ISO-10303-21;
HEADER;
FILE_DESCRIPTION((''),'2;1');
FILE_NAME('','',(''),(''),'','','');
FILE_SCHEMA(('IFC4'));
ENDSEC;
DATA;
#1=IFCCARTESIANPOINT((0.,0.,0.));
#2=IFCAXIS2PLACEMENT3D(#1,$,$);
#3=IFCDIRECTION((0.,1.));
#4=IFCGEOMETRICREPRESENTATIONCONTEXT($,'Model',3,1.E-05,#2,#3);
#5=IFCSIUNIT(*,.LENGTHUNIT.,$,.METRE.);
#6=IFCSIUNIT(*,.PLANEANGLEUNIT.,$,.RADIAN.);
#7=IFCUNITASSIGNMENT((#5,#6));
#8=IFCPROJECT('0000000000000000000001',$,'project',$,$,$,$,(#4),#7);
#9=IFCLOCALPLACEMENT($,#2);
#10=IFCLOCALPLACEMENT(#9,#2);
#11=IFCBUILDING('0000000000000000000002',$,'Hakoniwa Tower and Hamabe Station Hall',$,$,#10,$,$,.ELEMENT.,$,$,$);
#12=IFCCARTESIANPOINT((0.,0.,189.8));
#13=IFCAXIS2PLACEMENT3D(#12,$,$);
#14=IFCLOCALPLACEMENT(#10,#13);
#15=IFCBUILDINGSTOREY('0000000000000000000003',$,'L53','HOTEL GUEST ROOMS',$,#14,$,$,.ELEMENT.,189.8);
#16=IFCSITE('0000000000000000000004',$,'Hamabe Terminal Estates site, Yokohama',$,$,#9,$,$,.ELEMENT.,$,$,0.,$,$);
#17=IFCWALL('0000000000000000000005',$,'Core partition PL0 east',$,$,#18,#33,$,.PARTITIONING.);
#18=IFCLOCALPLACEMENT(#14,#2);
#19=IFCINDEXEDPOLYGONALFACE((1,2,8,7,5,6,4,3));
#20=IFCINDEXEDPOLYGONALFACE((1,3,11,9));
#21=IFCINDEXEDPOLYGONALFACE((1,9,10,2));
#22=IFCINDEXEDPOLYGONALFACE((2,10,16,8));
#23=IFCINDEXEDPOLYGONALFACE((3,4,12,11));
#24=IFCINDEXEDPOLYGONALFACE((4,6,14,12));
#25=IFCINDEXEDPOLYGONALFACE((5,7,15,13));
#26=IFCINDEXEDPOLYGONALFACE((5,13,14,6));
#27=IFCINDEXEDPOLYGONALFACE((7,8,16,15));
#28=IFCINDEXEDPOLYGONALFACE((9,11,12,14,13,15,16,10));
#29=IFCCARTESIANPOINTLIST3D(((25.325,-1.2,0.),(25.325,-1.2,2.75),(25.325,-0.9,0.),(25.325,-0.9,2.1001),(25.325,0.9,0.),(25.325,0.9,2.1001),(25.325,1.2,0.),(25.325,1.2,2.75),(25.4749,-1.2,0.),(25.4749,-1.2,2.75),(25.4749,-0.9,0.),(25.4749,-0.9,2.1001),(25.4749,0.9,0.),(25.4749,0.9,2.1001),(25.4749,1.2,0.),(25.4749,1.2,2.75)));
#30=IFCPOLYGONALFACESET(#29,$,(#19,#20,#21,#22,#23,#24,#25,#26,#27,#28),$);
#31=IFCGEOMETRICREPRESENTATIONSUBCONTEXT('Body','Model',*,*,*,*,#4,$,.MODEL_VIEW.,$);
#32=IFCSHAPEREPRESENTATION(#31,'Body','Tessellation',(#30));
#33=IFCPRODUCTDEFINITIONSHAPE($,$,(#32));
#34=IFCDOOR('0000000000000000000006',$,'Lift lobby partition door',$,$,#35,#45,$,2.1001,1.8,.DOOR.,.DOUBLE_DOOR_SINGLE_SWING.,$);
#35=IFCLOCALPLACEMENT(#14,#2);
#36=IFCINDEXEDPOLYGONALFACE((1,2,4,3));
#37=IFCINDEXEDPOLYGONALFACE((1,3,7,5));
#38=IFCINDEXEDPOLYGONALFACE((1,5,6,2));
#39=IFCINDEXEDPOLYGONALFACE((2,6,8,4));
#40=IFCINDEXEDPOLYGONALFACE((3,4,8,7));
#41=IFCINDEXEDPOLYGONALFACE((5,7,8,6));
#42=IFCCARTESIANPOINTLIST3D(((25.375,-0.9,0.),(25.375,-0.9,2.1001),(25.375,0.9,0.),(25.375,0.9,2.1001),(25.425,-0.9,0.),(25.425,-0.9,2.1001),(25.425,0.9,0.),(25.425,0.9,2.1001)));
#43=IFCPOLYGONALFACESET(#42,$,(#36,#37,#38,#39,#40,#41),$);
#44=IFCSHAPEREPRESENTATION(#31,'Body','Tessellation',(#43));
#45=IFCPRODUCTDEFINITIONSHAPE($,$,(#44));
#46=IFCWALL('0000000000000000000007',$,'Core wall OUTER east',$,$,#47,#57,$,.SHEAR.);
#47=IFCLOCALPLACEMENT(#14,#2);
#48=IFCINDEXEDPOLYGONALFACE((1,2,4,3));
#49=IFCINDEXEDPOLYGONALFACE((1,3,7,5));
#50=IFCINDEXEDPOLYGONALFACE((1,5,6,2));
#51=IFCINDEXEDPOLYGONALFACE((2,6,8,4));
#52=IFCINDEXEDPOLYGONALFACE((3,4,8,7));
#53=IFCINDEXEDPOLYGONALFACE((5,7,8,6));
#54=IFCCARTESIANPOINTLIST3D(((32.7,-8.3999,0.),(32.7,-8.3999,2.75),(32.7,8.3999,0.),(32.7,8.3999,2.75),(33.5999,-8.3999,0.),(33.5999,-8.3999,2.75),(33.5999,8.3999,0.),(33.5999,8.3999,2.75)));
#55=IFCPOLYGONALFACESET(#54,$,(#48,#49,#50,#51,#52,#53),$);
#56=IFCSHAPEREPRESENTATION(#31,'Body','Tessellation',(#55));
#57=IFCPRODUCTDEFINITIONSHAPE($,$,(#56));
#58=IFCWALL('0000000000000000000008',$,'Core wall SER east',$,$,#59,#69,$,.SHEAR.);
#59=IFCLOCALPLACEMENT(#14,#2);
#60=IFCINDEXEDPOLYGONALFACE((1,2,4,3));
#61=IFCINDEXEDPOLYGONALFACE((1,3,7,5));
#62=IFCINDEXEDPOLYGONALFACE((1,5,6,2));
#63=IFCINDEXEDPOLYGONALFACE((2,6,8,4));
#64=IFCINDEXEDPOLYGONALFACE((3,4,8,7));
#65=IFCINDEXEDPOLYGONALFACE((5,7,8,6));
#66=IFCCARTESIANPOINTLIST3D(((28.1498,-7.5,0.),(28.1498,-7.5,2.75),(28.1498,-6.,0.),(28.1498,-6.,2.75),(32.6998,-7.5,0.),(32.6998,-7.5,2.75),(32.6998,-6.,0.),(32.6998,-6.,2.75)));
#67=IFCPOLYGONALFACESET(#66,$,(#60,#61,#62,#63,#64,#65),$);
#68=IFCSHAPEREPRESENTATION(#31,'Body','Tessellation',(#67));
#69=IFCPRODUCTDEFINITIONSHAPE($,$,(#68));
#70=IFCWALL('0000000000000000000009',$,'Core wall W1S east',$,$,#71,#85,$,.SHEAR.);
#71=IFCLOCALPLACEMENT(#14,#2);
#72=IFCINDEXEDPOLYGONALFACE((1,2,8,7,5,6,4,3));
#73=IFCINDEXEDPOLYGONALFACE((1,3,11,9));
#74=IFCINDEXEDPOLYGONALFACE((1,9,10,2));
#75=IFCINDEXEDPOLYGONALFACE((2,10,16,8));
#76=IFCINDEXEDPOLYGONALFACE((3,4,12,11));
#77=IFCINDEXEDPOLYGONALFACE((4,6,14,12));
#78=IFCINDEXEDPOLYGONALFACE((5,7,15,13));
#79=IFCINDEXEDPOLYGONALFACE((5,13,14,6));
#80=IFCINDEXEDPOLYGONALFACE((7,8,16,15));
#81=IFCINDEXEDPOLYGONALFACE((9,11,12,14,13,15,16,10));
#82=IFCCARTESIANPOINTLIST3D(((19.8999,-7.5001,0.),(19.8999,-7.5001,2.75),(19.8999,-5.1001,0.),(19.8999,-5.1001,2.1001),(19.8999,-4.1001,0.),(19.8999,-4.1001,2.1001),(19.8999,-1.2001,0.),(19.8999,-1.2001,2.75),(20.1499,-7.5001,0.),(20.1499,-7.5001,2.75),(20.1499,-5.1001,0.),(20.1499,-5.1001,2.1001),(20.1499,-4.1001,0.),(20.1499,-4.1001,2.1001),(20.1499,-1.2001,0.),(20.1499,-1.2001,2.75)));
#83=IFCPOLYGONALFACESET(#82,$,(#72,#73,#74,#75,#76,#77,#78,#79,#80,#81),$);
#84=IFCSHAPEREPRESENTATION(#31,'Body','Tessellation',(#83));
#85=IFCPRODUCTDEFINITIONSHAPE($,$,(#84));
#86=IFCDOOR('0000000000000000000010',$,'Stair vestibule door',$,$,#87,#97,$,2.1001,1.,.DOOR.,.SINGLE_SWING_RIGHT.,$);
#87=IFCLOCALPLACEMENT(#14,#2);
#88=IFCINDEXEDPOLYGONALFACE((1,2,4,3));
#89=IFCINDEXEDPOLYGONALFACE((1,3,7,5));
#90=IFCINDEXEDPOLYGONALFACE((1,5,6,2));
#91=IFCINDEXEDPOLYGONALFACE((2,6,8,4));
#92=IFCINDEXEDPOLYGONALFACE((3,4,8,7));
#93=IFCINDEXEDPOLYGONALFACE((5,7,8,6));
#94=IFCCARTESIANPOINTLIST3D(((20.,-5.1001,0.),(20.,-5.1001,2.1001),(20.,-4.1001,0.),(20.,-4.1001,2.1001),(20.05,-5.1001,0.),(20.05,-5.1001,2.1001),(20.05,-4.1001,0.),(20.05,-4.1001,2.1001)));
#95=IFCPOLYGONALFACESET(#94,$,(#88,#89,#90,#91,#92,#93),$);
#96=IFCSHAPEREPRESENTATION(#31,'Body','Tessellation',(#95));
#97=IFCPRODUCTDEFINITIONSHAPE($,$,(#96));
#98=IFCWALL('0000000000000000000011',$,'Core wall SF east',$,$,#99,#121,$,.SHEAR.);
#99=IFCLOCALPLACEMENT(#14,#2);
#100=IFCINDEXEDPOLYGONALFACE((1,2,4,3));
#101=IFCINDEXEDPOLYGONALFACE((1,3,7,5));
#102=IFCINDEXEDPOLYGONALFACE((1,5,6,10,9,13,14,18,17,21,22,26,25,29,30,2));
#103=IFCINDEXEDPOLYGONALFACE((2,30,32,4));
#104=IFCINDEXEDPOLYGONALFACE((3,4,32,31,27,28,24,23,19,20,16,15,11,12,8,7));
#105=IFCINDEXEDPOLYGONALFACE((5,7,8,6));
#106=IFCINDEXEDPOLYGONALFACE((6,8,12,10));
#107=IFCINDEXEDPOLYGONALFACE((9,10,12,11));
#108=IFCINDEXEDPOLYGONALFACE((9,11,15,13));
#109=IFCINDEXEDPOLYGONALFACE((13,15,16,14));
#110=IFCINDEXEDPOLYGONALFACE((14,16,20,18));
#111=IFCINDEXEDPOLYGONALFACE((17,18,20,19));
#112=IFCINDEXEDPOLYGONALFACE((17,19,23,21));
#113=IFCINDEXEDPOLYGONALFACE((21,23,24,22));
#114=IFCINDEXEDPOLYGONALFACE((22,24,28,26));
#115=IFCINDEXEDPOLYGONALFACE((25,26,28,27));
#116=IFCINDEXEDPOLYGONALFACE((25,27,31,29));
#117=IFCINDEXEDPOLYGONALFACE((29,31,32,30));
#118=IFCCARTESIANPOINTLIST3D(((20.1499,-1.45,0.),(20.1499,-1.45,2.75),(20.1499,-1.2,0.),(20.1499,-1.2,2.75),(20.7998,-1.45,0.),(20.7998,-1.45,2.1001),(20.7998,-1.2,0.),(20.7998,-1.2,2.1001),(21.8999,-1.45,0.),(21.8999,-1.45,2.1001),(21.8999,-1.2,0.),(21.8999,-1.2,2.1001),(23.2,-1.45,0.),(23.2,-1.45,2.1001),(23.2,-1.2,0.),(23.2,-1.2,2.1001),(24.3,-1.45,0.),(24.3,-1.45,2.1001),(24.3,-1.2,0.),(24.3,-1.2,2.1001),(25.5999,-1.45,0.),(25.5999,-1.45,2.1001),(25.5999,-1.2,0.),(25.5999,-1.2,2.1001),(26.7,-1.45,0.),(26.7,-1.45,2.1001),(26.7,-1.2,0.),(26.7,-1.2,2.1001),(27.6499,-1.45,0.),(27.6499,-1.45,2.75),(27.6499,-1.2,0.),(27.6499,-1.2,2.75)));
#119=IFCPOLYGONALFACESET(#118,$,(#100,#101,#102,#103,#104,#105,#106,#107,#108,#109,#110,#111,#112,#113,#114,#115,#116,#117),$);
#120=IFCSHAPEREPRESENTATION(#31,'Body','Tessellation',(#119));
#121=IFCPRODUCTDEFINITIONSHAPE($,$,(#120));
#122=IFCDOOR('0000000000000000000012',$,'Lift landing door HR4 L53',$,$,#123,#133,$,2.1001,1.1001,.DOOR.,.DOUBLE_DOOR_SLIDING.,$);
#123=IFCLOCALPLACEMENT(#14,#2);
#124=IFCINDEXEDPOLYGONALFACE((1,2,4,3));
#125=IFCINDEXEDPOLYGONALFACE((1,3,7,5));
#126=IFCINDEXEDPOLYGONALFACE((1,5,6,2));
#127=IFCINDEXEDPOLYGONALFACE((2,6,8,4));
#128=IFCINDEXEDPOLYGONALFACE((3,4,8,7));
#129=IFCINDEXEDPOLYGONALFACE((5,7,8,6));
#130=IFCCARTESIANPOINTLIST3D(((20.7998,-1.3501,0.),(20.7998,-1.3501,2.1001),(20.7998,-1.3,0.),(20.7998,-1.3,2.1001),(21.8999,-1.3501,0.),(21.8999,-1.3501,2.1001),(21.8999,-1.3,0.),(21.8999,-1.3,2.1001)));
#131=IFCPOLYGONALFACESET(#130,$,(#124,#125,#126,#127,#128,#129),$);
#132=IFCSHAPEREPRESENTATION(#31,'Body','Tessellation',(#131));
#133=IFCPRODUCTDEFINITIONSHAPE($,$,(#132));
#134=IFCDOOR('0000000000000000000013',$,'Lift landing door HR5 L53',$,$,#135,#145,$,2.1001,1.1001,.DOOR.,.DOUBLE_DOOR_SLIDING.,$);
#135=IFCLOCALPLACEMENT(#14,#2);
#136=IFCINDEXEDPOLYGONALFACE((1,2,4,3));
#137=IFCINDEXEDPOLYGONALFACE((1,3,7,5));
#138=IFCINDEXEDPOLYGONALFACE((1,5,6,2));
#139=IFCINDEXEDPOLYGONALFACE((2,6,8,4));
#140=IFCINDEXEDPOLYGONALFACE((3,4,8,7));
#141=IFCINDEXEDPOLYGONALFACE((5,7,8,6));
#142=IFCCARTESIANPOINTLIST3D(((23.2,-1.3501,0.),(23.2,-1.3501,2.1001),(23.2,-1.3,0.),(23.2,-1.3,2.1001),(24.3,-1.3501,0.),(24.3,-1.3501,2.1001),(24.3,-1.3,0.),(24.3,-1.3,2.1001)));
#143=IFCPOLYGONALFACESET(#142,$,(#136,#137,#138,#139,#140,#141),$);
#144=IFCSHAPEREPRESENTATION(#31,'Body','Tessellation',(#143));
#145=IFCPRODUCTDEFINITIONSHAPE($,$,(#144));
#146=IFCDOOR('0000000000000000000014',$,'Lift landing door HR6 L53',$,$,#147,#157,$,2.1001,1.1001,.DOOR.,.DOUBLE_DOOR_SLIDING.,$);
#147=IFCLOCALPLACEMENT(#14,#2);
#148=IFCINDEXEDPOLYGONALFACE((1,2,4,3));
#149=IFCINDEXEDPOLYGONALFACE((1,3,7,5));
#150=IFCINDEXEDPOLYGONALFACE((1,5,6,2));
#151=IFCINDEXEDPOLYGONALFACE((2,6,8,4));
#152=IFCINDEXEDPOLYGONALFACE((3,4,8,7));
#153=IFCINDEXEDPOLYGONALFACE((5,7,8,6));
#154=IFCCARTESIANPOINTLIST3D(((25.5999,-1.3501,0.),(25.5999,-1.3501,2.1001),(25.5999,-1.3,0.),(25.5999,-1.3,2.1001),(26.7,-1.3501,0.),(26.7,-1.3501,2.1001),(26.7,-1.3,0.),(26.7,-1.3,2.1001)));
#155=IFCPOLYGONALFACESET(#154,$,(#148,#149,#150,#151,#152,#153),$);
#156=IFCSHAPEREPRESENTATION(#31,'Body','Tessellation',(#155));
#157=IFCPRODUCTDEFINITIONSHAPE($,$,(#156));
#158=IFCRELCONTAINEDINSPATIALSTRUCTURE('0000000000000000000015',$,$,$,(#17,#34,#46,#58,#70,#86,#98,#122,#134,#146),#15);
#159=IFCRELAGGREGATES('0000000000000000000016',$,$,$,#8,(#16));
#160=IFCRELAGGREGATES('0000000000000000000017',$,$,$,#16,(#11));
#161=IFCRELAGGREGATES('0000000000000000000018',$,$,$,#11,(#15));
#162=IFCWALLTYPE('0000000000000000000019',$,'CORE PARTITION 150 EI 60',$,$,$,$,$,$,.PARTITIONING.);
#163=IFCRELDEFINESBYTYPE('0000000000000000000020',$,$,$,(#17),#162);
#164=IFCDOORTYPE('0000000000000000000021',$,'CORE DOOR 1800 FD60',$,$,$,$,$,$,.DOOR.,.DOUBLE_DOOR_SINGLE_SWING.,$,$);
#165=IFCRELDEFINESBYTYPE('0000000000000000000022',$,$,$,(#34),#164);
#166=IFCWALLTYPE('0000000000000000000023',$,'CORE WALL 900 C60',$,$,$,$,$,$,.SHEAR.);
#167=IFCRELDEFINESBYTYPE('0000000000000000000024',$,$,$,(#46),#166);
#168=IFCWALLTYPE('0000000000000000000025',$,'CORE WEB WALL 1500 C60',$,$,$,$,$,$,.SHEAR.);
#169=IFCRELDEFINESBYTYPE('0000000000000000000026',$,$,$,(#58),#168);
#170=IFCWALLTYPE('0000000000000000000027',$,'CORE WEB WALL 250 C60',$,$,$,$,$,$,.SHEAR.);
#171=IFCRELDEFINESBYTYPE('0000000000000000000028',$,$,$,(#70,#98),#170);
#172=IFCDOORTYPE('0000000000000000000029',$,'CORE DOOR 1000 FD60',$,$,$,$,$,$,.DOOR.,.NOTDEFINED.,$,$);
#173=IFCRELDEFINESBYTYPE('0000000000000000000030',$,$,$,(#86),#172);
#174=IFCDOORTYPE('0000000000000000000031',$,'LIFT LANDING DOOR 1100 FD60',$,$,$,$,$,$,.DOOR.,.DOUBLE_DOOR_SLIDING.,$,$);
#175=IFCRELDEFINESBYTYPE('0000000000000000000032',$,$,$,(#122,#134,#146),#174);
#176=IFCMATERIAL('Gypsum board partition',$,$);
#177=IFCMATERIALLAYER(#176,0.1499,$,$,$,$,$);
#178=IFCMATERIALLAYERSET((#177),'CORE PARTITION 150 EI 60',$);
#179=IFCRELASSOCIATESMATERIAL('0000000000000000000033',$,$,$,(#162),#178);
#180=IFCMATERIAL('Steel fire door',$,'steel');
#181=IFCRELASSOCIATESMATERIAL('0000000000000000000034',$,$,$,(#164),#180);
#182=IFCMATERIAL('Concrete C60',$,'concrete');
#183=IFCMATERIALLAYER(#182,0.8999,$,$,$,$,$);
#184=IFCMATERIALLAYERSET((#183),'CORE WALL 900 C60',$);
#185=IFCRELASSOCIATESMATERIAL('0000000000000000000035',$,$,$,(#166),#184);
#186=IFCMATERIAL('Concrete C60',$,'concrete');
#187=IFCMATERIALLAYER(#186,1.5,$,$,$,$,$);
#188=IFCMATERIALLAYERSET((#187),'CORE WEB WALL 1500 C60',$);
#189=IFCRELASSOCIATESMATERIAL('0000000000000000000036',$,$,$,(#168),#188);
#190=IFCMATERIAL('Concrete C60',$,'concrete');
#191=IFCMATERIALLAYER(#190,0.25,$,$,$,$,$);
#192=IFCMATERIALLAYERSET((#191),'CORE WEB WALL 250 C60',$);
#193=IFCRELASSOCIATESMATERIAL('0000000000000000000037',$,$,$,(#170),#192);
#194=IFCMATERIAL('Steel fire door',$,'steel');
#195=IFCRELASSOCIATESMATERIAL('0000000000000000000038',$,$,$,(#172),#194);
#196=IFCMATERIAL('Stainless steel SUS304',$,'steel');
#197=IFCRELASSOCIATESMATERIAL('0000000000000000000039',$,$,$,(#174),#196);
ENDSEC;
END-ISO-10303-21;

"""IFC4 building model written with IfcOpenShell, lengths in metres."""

from ifc_helpers import new_model, si_unit, direction, frame, frame_2d, origin, place, context, subcontext, project, spatial, rectangle, extrude, material, layer, layer_set, type_object, element, fill, save


model = new_model("IFC4")

# Units and contexts
model_context = context("Model", 3, precision=1e-05, world=origin(), true_north=direction((0.0, 1.0)))
body_context = subcontext(model_context, "Body", "Model", "MODEL_VIEW")
ifc_project = project(units=[si_unit("LENGTHUNIT", "METRE"), si_unit("PLANEANGLEUNIT", "RADIAN")], contexts=[model_context])

# Site, building, storey
site_placement = place(None, origin())
site = spatial("IfcSite", under=ifc_project, at=site_placement, Name="Hamabe Terminal Estates site, Yokohama", CompositionType="ELEMENT", RefElevation=0.0)
building_placement = place(site_placement, origin())
building = spatial("IfcBuilding", under=site, at=building_placement, Name="Hakoniwa Tower and Hamabe Station Hall", CompositionType="ELEMENT")
storey_placement = place(building_placement, frame((0.0, 0.0, 189.8)))
storey = spatial("IfcBuildingStorey", under=building, at=storey_placement, Name="L53", Description="HOTEL GUEST ROOMS", CompositionType="ELEMENT", Elevation=189.8)

# Wall, opening, door
ifc_material_1 = material(Name="Gypsum board partition")
ifc_layer_1 = layer(ifc_material_1, 0.1499)
ifc_layer_set_1 = layer_set([ifc_layer_1], Name="CORE PARTITION 150 EI 60")
wall_type_1 = type_object("IfcWallType", Name="CORE PARTITION 150 EI 60", PredefinedType="PARTITIONING", material=ifc_layer_set_1)
wall_1_placement = place(storey_placement, frame((25.3999, -1.2, 0.0), z_axis=(0.0, 0.0, 1.0), x_axis=(0.0, 1.0, 0.0)))
wall_1 = element("IfcWall", 1, at=wall_1_placement, inside=storey, type_object=wall_type_1, Name="Core partition PL0 east", PredefinedType="PARTITIONING", context=body_context, shape_type="SweptSolid", body=[
    extrude(rectangle(XDim=2.3999, YDim=0.1499, at=frame_2d((1.2, 0.0))), origin(), (0.0, 0.0, 1.0), 2.75),
])
opening_1_placement = place(wall_1_placement, frame((0.3, 0.0, 0.0)))
opening_1 = element("IfcOpeningElement", 2, at=opening_1_placement, cuts=wall_1, PredefinedType="OPENING", context=body_context, shape_type="SweptSolid", body=[
    extrude(rectangle(XDim=1.8, YDim=2.1001, at=frame_2d((0.8999, 1.05))), frame((0.0, 0.085, 0.0), z_axis=(0.0, -1.0, 0.0), x_axis=(1.0, 0.0, 0.0)), (0.0, 0.0, 1.0), 0.1699),
])
ifc_material_2 = material(Name="Steel fire door", Category="steel")
door_type_1 = type_object("IfcDoorType", Name="CORE DOOR 1800 FD60", OperationType="DOUBLE_DOOR_SINGLE_SWING", PredefinedType="DOOR", material=ifc_material_2)
door_1_placement = place(opening_1_placement, origin())
door_1 = element("IfcDoor", 3, at=door_1_placement, inside=storey, type_object=door_type_1, Name="Lift lobby partition door", OperationType="DOUBLE_DOOR_SINGLE_SWING", OverallHeight=2.1001, OverallWidth=1.8, PredefinedType="DOOR", context=body_context, shape_type="SweptSolid", body=[
    extrude(rectangle(XDim=1.8, YDim=2.1001, at=frame_2d((0.8999, 1.05))), frame((0.0, 0.0249, 0.0), z_axis=(0.0, -1.0, 0.0), x_axis=(1.0, 0.0, 0.0)), (0.0, 0.0, 1.0), 0.05),
])
fill(opening_1, door_1)

# Walls
ifc_material_3 = material(Name="Concrete C60", Category="concrete")
ifc_layer_2 = layer(ifc_material_3, 0.8999)
ifc_layer_set_2 = layer_set([ifc_layer_2], Name="CORE WALL 900 C60")
wall_type_2 = type_object("IfcWallType", Name="CORE WALL 900 C60", PredefinedType="SHEAR", material=ifc_layer_set_2)
wall_2_placement = place(storey_placement, frame((33.1499, -8.3999, 0.0), z_axis=(0.0, 0.0, 1.0), x_axis=(0.0, 1.0, 0.0)))
element("IfcWall", 4, at=wall_2_placement, inside=storey, type_object=wall_type_2, Name="Core wall OUTER east", PredefinedType="SHEAR", context=body_context, shape_type="SweptSolid", body=[
    extrude(rectangle(XDim=16.7998, YDim=0.8999, at=frame_2d((8.3999, 0.0))), origin(), (0.0, 0.0, 1.0), 2.75),
])
ifc_material_4 = material(Name="Concrete C60", Category="concrete")
ifc_layer_3 = layer(ifc_material_4, 1.5)
ifc_layer_set_3 = layer_set([ifc_layer_3], Name="CORE WEB WALL 1500 C60")
wall_type_3 = type_object("IfcWallType", Name="CORE WEB WALL 1500 C60", PredefinedType="SHEAR", material=ifc_layer_set_3)
wall_3_placement = place(storey_placement, frame((28.1499, -6.75, 0.0), z_axis=(0.0, 0.0, 1.0), x_axis=(1.0, 0.0, 0.0)))
element("IfcWall", 5, at=wall_3_placement, inside=storey, type_object=wall_type_3, Name="Core wall SER east", PredefinedType="SHEAR", context=body_context, shape_type="SweptSolid", body=[
    extrude(rectangle(XDim=4.55, YDim=1.5, at=frame_2d((2.2749, 0.0))), origin(), (0.0, 0.0, 1.0), 2.75),
])

# Wall, opening, door
ifc_material_5 = material(Name="Concrete C60", Category="concrete")
ifc_layer_4 = layer(ifc_material_5, 0.25)
ifc_layer_set_4 = layer_set([ifc_layer_4], Name="CORE WEB WALL 250 C60")
wall_type_4 = type_object("IfcWallType", Name="CORE WEB WALL 250 C60", PredefinedType="SHEAR", material=ifc_layer_set_4)
wall_4_placement = place(storey_placement, frame((20.0249, -7.5, 0.0), z_axis=(0.0, 0.0, 1.0), x_axis=(0.0, 1.0, 0.0)))
wall_4 = element("IfcWall", 6, at=wall_4_placement, inside=storey, type_object=wall_type_4, Name="Core wall W1S east", PredefinedType="SHEAR", context=body_context, shape_type="SweptSolid", body=[
    extrude(rectangle(XDim=6.3, YDim=0.25, at=frame_2d((3.1499, 0.0))), origin(), (0.0, 0.0, 1.0), 2.75),
])
opening_2_placement = place(wall_4_placement, frame((2.3999, 0.0, 0.0)))
opening_2 = element("IfcOpeningElement", 7, at=opening_2_placement, cuts=wall_4, PredefinedType="OPENING", context=body_context, shape_type="SweptSolid", body=[
    extrude(rectangle(XDim=1.0, YDim=2.1001, at=frame_2d((0.5, 1.05))), frame((0.0, 0.135, 0.0), z_axis=(0.0, -1.0, 0.0), x_axis=(1.0, 0.0, 0.0)), (0.0, 0.0, 1.0), 0.27),
])
ifc_material_6 = material(Name="Steel fire door", Category="steel")
door_type_2 = type_object("IfcDoorType", Name="CORE DOOR 1000 FD60", OperationType="NOTDEFINED", PredefinedType="DOOR", material=ifc_material_6)
door_2_placement = place(opening_2_placement, origin())
door_2 = element("IfcDoor", 8, at=door_2_placement, inside=storey, type_object=door_type_2, Name="Stair vestibule door", OperationType="SINGLE_SWING_RIGHT", OverallHeight=2.1001, OverallWidth=1.0, PredefinedType="DOOR", context=body_context, shape_type="SweptSolid", body=[
    extrude(rectangle(XDim=1.0, YDim=2.1001, at=frame_2d((0.5, 1.05))), frame((0.0, 0.0249, 0.0), z_axis=(0.0, -1.0, 0.0), x_axis=(1.0, 0.0, 0.0)), (0.0, 0.0, 1.0), 0.05),
])
fill(opening_2, door_2)

# Wall, openings, doors
wall_5_placement = place(storey_placement, frame((20.1499, -1.325, 0.0), z_axis=(0.0, 0.0, 1.0), x_axis=(1.0, 0.0, 0.0)))
wall_5 = element("IfcWall", 9, at=wall_5_placement, inside=storey, type_object=wall_type_4, Name="Core wall SF east", PredefinedType="SHEAR", context=body_context, shape_type="SweptSolid", body=[
    extrude(rectangle(XDim=7.5, YDim=0.25, at=frame_2d((3.75, 0.0))), origin(), (0.0, 0.0, 1.0), 2.75),
])
opening_3_placement = place(wall_5_placement, frame((0.6499, 0.0, 0.0)))
opening_3 = element("IfcOpeningElement", 10, at=opening_3_placement, cuts=wall_5, PredefinedType="OPENING", context=body_context, shape_type="SweptSolid", body=[
    extrude(rectangle(XDim=1.1001, YDim=2.1001, at=frame_2d((0.55, 1.05))), frame((0.0, 0.135, 0.0), z_axis=(0.0, -1.0, 0.0), x_axis=(1.0, 0.0, 0.0)), (0.0, 0.0, 1.0), 0.27),
])
opening_4_placement = place(wall_5_placement, frame((3.05, 0.0, 0.0)))
opening_4 = element("IfcOpeningElement", 11, at=opening_4_placement, cuts=wall_5, PredefinedType="OPENING", context=body_context, shape_type="SweptSolid", body=[
    extrude(rectangle(XDim=1.1001, YDim=2.1001, at=frame_2d((0.55, 1.05))), frame((0.0, 0.135, 0.0), z_axis=(0.0, -1.0, 0.0), x_axis=(1.0, 0.0, 0.0)), (0.0, 0.0, 1.0), 0.27),
])
opening_5_placement = place(wall_5_placement, frame((5.45, 0.0, 0.0)))
opening_5 = element("IfcOpeningElement", 12, at=opening_5_placement, cuts=wall_5, PredefinedType="OPENING", context=body_context, shape_type="SweptSolid", body=[
    extrude(rectangle(XDim=1.1001, YDim=2.1001, at=frame_2d((0.55, 1.05))), frame((0.0, 0.135, 0.0), z_axis=(0.0, -1.0, 0.0), x_axis=(1.0, 0.0, 0.0)), (0.0, 0.0, 1.0), 0.27),
])
ifc_material_7 = material(Name="Stainless steel SUS304", Category="steel")
door_type_3 = type_object("IfcDoorType", Name="LIFT LANDING DOOR 1100 FD60", OperationType="DOUBLE_DOOR_SLIDING", PredefinedType="DOOR", material=ifc_material_7)
door_3_placement = place(opening_3_placement, origin())
door_3 = element("IfcDoor", 13, at=door_3_placement, inside=storey, type_object=door_type_3, Name="Lift landing door HR4 L53", OperationType="DOUBLE_DOOR_SLIDING", OverallHeight=2.1001, OverallWidth=1.1001, PredefinedType="DOOR", context=body_context, shape_type="SweptSolid", body=[
    extrude(rectangle(XDim=1.1001, YDim=2.1001, at=frame_2d((0.55, 1.05))), frame((0.0, 0.0249, 0.0), z_axis=(0.0, -1.0, 0.0), x_axis=(1.0, 0.0, 0.0)), (0.0, 0.0, 1.0), 0.05),
])
fill(opening_3, door_3)
door_4_placement = place(opening_4_placement, origin())
door_4 = element("IfcDoor", 14, at=door_4_placement, inside=storey, type_object=door_type_3, Name="Lift landing door HR5 L53", OperationType="DOUBLE_DOOR_SLIDING", OverallHeight=2.1001, OverallWidth=1.1001, PredefinedType="DOOR", context=body_context, shape_type="SweptSolid", body=[
    extrude(rectangle(XDim=1.1001, YDim=2.1001, at=frame_2d((0.55, 1.05))), frame((0.0, 0.0249, 0.0), z_axis=(0.0, -1.0, 0.0), x_axis=(1.0, 0.0, 0.0)), (0.0, 0.0, 1.0), 0.05),
])
fill(opening_4, door_4)
door_5_placement = place(opening_5_placement, origin())
door_5 = element("IfcDoor", 15, at=door_5_placement, inside=storey, type_object=door_type_3, Name="Lift landing door HR6 L53", OperationType="DOUBLE_DOOR_SLIDING", OverallHeight=2.1001, OverallWidth=1.1001, PredefinedType="DOOR", context=body_context, shape_type="SweptSolid", body=[
    extrude(rectangle(XDim=1.1001, YDim=2.1001, at=frame_2d((0.55, 1.05))), frame((0.0, 0.0249, 0.0), z_axis=(0.0, -1.0, 0.0), x_axis=(1.0, 0.0, 0.0)), (0.0, 0.0, 1.0), 0.05),
])
fill(opening_5, door_5)

save(model, "model.ifc")
